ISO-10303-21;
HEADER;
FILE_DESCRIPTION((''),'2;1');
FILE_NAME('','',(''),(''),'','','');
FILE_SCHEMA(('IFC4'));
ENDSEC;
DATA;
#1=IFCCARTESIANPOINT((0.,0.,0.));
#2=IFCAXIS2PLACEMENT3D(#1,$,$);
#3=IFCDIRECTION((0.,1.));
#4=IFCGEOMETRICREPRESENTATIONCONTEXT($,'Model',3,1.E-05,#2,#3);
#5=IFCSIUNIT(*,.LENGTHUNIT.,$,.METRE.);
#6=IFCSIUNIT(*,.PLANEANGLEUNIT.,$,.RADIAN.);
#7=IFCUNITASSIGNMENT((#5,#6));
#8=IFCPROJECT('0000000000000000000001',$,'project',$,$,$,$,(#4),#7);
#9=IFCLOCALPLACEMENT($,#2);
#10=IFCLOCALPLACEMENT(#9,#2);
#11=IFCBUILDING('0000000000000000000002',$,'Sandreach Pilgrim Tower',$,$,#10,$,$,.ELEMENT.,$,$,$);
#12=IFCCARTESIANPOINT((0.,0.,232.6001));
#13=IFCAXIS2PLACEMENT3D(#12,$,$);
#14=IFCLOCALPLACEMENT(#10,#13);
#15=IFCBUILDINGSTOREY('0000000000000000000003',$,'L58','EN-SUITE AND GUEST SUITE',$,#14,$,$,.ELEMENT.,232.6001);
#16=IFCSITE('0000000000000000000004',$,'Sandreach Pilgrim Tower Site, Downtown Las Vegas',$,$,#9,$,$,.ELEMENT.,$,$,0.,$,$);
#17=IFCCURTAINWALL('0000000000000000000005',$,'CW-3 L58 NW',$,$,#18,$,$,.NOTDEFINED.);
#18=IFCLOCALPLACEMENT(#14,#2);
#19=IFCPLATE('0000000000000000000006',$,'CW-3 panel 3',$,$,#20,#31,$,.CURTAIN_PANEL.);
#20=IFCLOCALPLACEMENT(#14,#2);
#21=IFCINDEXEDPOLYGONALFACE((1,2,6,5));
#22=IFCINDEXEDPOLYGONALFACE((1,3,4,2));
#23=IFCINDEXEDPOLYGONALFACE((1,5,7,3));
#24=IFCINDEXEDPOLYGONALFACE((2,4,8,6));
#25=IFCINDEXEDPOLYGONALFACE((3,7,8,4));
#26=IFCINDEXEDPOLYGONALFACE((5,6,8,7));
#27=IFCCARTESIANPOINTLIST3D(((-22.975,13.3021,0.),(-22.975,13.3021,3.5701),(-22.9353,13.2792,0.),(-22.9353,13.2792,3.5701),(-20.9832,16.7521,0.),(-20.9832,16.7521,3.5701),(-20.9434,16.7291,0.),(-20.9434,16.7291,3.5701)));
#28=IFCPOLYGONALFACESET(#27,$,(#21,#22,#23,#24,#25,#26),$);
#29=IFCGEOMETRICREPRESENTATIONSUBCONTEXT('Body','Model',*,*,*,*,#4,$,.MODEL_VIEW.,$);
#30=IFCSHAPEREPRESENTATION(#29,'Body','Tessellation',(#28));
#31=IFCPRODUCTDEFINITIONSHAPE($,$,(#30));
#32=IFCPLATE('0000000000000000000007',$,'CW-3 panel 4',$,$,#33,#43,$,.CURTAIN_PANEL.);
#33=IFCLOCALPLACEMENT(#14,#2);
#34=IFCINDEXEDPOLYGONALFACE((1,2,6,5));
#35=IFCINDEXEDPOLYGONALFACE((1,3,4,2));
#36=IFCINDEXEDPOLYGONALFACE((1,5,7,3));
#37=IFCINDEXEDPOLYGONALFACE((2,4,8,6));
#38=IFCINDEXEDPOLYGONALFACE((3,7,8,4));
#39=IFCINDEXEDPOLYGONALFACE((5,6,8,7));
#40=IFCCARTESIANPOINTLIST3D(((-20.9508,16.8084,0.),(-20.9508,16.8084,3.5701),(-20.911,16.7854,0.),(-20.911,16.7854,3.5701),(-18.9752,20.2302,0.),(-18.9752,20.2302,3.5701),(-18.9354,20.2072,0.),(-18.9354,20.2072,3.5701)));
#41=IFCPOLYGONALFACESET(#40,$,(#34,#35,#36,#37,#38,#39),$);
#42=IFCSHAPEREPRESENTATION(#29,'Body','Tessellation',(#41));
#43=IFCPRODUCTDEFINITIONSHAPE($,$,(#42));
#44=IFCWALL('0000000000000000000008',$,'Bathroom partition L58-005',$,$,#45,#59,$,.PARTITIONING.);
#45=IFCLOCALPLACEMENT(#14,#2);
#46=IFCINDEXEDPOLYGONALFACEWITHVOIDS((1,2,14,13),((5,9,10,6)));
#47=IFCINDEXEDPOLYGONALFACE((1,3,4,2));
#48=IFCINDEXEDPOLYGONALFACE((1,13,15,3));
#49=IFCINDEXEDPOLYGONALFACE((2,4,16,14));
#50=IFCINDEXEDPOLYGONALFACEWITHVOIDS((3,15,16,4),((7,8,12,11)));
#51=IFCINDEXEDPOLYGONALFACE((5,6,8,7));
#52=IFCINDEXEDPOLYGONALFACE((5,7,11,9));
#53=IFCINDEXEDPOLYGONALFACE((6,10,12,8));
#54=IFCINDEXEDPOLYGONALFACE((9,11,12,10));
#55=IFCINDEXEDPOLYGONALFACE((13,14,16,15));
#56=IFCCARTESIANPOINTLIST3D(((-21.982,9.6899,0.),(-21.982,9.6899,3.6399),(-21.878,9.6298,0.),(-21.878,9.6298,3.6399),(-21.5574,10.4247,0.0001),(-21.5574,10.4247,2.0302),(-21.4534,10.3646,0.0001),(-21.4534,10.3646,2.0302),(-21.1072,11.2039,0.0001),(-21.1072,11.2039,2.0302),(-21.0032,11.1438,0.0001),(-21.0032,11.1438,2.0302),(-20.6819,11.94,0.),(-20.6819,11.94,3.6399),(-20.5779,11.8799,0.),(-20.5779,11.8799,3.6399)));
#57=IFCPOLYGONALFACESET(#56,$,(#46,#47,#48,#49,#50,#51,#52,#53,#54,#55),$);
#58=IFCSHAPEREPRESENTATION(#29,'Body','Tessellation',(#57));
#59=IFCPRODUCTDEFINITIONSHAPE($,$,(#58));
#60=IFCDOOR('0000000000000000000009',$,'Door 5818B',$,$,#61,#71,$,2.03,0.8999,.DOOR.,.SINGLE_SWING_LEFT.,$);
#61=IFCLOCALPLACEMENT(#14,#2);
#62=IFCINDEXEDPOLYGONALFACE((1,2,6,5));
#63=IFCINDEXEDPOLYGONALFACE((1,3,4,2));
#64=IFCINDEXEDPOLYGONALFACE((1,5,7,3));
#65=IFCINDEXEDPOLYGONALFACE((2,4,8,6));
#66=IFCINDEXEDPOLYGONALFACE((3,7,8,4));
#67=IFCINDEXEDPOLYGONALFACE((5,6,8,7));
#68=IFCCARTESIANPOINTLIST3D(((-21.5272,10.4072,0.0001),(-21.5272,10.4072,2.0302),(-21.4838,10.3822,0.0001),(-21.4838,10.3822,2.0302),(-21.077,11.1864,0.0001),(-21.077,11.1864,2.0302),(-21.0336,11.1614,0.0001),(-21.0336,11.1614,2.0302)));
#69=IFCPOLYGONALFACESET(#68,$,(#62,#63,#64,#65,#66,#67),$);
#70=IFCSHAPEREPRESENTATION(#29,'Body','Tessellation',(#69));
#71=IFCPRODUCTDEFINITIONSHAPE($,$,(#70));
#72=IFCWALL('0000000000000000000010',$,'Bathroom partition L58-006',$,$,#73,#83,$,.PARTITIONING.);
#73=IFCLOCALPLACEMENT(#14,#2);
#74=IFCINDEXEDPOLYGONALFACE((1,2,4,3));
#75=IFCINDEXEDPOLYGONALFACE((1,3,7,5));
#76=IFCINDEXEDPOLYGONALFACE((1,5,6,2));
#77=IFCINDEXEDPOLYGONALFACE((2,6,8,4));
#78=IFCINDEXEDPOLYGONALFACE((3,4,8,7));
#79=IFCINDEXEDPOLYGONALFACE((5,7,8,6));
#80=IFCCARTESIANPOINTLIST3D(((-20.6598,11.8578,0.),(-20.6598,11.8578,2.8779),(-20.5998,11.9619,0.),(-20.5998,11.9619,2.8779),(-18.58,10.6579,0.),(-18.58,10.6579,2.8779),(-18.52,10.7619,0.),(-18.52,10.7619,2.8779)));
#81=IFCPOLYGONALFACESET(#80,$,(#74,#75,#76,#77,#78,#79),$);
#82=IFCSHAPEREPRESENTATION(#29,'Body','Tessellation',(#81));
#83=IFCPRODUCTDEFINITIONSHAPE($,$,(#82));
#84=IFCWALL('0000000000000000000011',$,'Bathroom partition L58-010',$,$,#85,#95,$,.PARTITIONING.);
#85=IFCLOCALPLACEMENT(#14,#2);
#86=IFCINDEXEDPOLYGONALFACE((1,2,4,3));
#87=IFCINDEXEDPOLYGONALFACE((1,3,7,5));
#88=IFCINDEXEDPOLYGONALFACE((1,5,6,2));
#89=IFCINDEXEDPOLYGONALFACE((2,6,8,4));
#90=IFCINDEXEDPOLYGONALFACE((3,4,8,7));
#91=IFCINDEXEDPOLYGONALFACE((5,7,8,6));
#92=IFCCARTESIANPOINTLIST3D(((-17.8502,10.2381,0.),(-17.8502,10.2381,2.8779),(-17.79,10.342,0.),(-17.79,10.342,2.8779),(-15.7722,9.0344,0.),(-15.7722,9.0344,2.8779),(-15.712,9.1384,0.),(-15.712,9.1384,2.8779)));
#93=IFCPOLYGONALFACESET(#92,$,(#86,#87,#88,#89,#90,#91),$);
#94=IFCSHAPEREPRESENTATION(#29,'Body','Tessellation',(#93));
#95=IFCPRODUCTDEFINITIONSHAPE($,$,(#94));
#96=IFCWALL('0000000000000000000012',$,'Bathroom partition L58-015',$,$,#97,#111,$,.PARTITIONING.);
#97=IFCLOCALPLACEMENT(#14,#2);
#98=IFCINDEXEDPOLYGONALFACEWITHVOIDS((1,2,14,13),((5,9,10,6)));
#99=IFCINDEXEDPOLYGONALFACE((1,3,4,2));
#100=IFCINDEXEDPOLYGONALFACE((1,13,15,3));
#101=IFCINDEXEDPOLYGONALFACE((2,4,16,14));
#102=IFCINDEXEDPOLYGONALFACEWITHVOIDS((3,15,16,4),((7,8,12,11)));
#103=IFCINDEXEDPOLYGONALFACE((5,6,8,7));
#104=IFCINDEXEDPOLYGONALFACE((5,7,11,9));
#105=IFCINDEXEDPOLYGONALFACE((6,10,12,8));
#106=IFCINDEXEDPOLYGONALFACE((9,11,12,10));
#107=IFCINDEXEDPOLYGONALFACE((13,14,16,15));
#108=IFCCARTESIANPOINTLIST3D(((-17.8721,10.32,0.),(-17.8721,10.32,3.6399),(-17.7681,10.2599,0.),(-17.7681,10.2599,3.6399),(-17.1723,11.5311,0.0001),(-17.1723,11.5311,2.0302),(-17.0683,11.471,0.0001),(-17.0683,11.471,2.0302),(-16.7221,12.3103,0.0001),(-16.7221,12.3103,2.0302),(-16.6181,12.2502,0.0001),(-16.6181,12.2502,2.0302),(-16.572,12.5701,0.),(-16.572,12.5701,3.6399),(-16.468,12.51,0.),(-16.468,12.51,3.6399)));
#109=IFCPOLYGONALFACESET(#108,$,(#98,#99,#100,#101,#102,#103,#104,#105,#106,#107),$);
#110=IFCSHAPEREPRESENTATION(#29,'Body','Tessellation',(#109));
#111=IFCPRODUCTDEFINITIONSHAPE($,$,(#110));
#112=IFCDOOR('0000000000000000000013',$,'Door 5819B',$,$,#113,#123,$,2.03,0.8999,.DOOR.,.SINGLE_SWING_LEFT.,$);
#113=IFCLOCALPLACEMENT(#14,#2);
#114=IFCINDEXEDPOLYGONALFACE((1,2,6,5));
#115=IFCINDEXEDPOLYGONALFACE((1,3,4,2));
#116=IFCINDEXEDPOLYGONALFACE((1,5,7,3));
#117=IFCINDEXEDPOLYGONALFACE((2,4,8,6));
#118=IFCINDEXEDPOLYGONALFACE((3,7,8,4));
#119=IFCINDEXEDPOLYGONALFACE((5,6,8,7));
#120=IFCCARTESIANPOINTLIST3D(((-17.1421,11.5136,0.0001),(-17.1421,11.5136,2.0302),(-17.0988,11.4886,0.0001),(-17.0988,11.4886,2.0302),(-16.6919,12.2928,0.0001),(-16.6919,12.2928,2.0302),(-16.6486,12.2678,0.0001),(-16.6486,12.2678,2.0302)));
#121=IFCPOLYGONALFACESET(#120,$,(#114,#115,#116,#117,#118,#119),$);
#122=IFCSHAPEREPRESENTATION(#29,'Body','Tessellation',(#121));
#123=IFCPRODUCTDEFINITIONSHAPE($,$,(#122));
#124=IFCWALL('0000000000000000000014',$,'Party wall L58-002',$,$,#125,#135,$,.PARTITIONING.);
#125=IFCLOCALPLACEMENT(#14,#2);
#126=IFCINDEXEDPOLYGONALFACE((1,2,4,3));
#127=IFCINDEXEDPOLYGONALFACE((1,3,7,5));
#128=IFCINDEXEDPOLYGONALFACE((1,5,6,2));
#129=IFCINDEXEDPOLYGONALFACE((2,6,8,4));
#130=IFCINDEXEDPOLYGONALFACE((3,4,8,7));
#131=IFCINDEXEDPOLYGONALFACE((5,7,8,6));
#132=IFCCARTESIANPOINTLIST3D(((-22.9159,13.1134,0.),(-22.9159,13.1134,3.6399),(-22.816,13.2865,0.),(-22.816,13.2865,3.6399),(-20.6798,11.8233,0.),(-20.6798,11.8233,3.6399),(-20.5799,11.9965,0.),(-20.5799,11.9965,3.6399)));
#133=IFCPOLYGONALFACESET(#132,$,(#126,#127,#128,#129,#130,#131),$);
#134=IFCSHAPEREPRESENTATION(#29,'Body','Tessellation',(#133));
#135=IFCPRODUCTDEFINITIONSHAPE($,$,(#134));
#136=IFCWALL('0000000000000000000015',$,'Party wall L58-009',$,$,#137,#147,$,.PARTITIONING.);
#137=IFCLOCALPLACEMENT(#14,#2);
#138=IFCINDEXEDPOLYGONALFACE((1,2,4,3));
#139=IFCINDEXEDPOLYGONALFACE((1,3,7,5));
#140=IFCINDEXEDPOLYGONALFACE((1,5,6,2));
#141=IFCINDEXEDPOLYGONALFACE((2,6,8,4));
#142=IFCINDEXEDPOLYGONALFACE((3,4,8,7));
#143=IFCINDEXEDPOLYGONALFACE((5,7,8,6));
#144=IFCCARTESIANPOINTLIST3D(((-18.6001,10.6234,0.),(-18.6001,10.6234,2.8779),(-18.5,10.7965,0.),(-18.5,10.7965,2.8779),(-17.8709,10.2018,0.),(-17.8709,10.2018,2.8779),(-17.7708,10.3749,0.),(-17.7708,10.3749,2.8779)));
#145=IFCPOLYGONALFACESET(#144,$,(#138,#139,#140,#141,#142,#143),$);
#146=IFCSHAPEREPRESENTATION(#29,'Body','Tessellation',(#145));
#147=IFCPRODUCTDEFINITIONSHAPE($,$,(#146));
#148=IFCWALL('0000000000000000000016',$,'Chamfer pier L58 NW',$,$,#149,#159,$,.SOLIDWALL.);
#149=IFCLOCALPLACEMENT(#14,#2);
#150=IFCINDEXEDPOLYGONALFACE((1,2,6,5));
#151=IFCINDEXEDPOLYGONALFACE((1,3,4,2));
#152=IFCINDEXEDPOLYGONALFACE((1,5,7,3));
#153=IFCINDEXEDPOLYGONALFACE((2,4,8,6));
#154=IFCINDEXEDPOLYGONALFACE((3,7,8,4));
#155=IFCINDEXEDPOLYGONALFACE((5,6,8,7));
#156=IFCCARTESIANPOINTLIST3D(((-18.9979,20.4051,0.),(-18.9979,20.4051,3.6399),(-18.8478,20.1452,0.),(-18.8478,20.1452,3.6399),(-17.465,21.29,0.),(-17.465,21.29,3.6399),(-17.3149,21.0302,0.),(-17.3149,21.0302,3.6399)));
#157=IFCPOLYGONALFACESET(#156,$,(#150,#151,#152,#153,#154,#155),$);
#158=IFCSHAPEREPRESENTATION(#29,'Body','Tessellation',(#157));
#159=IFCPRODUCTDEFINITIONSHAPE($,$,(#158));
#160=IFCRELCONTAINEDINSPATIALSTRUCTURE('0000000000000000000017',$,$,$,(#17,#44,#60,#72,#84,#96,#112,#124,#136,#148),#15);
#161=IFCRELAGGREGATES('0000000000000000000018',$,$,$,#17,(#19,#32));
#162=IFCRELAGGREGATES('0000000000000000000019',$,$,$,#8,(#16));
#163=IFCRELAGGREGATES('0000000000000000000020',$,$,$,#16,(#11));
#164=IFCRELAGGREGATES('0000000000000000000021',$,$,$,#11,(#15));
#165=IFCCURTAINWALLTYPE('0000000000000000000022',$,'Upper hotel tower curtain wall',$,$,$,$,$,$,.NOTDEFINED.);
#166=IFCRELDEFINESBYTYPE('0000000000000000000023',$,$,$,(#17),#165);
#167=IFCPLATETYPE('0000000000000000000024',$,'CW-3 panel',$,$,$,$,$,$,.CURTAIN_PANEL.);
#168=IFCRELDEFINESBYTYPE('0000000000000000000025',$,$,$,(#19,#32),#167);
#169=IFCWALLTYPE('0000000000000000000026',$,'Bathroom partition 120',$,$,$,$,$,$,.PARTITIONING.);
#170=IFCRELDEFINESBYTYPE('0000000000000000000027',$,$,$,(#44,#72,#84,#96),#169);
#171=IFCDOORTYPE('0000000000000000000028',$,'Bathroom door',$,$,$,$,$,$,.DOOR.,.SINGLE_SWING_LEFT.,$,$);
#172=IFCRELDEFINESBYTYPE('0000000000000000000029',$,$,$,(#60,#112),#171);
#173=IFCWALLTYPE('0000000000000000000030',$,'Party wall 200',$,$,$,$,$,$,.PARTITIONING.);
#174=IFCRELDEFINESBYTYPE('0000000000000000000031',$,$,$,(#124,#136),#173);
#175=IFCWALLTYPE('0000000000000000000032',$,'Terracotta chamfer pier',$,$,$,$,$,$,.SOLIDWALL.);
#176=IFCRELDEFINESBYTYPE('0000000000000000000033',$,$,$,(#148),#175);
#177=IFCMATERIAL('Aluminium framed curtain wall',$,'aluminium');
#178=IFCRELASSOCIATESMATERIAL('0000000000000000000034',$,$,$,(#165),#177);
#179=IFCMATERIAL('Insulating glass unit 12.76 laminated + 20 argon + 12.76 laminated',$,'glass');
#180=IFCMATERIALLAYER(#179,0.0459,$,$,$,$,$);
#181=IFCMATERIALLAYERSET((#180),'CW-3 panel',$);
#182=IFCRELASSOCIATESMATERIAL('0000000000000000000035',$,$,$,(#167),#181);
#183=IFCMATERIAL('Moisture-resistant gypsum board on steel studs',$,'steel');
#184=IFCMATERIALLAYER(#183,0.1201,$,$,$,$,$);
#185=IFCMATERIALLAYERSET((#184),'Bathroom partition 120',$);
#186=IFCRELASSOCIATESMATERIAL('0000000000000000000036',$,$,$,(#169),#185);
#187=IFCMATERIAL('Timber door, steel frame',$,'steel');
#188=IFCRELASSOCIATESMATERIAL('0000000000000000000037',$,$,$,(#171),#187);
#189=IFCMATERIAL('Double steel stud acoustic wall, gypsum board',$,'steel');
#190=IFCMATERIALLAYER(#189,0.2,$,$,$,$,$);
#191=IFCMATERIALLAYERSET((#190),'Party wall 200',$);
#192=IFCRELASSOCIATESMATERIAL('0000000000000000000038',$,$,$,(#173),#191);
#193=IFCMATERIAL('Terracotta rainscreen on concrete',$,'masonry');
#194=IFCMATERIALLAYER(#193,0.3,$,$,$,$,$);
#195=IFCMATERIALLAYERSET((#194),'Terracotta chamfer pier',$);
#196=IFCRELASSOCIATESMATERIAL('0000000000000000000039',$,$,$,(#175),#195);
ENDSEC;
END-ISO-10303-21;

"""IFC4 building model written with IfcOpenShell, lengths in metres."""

from ifc_helpers import new_model, si_unit, direction, frame, frame_2d, origin, origin_2d, place, context, subcontext, project, spatial, rectangle, extrude, material, layer, layer_set, type_object, element, fill, aggregate, save


model = new_model("IFC4")

# Units and contexts
model_context = context("Model", 3, precision=1e-05, world=origin(), true_north=direction((0.0, 1.0)))
body_context = subcontext(model_context, "Body", "Model", "MODEL_VIEW")
ifc_project = project(units=[si_unit("LENGTHUNIT", "METRE"), si_unit("PLANEANGLEUNIT", "RADIAN")], contexts=[model_context])

# Site, building, storey
site_placement = place(None, origin())
site = spatial("IfcSite", under=ifc_project, at=site_placement, Name="Sandreach Pilgrim Tower Site, Downtown Las Vegas", CompositionType="ELEMENT", RefElevation=0.0)
building_placement = place(site_placement, origin())
building = spatial("IfcBuilding", under=site, at=building_placement, Name="Sandreach Pilgrim Tower", CompositionType="ELEMENT")
storey_placement = place(building_placement, frame((0.0, 0.0, 232.6001)))
storey = spatial("IfcBuildingStorey", under=building, at=storey_placement, Name="L58", Description="EN-SUITE AND GUEST SUITE", CompositionType="ELEMENT", Elevation=232.6001)

# Shared definitions
ifc_material_1 = material(Name="Aluminium framed curtain wall", Category="aluminium")
curtain_wall_type = type_object("IfcCurtainWallType", Name="Upper hotel tower curtain wall", PredefinedType="NOTDEFINED", material=ifc_material_1)

# Curtain wall
curtain_wall_1_placement = place(storey_placement, origin())
curtain_wall_1 = element("IfcCurtainWall", 1, at=curtain_wall_1_placement, inside=storey, type_object=curtain_wall_type, Name="CW-3 L58 NW", PredefinedType="NOTDEFINED")

# Plates
ifc_material_2 = material(Name="Insulating glass unit 12.76 laminated + 20 argon + 12.76 laminated", Category="glass")
ifc_layer_1 = layer(ifc_material_2, 0.0459)
ifc_layer_set_1 = layer_set([ifc_layer_1], Name="CW-3 panel")
plate_type = type_object("IfcPlateType", Name="CW-3 panel", PredefinedType="CURTAIN_PANEL", material=ifc_layer_set_1)
plate_1_placement = place(storey_placement, frame((-21.9592, 15.0156, 0.0), z_axis=(0.0, 0.0, 1.0), x_axis=(0.5, 0.866025, 0.0)))
plate_1 = element("IfcPlate", 2, at=plate_1_placement, type_object=plate_type, Name="CW-3 panel 3", PredefinedType="CURTAIN_PANEL", context=body_context, shape_type="SweptSolid", body=[
    extrude(rectangle(XDim=3.9836, YDim=0.0459, at=origin_2d()), origin(), (0.0, 0.0, 1.0), 3.5701),
])
plate_2_placement = place(storey_placement, frame((-19.9431, 18.5078, 0.0), z_axis=(0.0, 0.0, 1.0), x_axis=(0.5, 0.866025, 0.0)))
plate_2 = element("IfcPlate", 3, at=plate_2_placement, type_object=plate_type, Name="CW-3 panel 4", PredefinedType="CURTAIN_PANEL", context=body_context, shape_type="SweptSolid", body=[
    extrude(rectangle(XDim=3.9512, YDim=0.0459, at=origin_2d()), origin(), (0.0, 0.0, 1.0), 3.5701),
])
aggregate(curtain_wall_1, [plate_1, plate_2])

# Wall, opening, door
ifc_material_3 = material(Name="Moisture-resistant gypsum board on steel studs", Category="steel")
ifc_layer_2 = layer(ifc_material_3, 0.1201)
ifc_layer_set_2 = layer_set([ifc_layer_2], Name="Bathroom partition 120")
wall_type_1 = type_object("IfcWallType", Name="Bathroom partition 120", PredefinedType="PARTITIONING", material=ifc_layer_set_2)
wall_1_placement = place(storey_placement, frame((-20.6299, 11.9099, 0.0), z_axis=(0.0, 0.0, 1.0), x_axis=(-0.500292, -0.865857, 0.0)))
wall_1 = element("IfcWall", 4, at=wall_1_placement, inside=storey, type_object=wall_type_1, Name="Bathroom partition L58-005", PredefinedType="PARTITIONING", context=body_context, shape_type="SweptSolid", body=[
    extrude(rectangle(XDim=2.5986, YDim=0.1201, at=frame_2d((1.2993, 0.0))), origin(), (0.0, 0.0, 1.0), 3.6399),
])
opening_1_placement = place(wall_1_placement, frame((0.8501, 0.0, 0.0)))
opening_1 = element("IfcOpeningElement", 5, at=opening_1_placement, cuts=wall_1, PredefinedType="OPENING", context=body_context, shape_type="SweptSolid", body=[
    extrude(rectangle(XDim=0.8999, YDim=2.03, at=frame_2d((0.45, 1.0151))), frame((0.0, 0.0601, 0.0), z_axis=(0.0, -1.0, 0.0), x_axis=(1.0, 0.0, 0.0)), (0.0, 0.0, 1.0), 0.1201),
])
ifc_material_4 = material(Name="Timber door, steel frame", Category="steel")
door_type = type_object("IfcDoorType", Name="Bathroom door", OperationType="SINGLE_SWING_LEFT", PredefinedType="DOOR", material=ifc_material_4)
door_1_placement = place(opening_1_placement, origin())
door_1 = element("IfcDoor", 6, at=door_1_placement, inside=storey, type_object=door_type, Name="Door 5818B", OperationType="SINGLE_SWING_LEFT", OverallHeight=2.03, OverallWidth=0.8999, PredefinedType="DOOR", context=body_context, shape_type="SweptSolid", body=[
    extrude(rectangle(XDim=0.8999, YDim=2.03, at=frame_2d((0.45, 1.0151))), frame((0.0, 0.0249, 0.0), z_axis=(0.0, -1.0, 0.0), x_axis=(1.0, 0.0, 0.0)), (0.0, 0.0, 1.0), 0.05),
])
fill(opening_1, door_1)

# Walls
wall_2_placement = place(storey_placement, frame((-20.6299, 11.9099, 0.0), z_axis=(0.0, 0.0, 1.0), x_axis=(0.866177, -0.499737, 0.0)))
element("IfcWall", 7, at=wall_2_placement, inside=storey, type_object=wall_type_1, Name="Bathroom partition L58-006", PredefinedType="PARTITIONING", context=body_context, shape_type="SweptSolid", body=[
    extrude(rectangle(XDim=2.4011, YDim=0.1201, at=frame_2d((1.2007, 0.0))), origin(), (0.0, 0.0, 1.0), 2.8779),
])
wall_3_placement = place(storey_placement, frame((-17.8201, 10.29, 0.0), z_axis=(0.0, 0.0, 1.0), x_axis=(0.865313, -0.501233, 0.0)))
element("IfcWall", 8, at=wall_3_placement, inside=storey, type_object=wall_type_1, Name="Bathroom partition L58-010", PredefinedType="PARTITIONING", context=body_context, shape_type="SweptSolid", body=[
    extrude(rectangle(XDim=2.4014, YDim=0.1201, at=frame_2d((1.2007, 0.0))), origin(), (0.0, 0.0, 1.0), 2.8779),
])

# Wall, opening, door
wall_4_placement = place(storey_placement, frame((-16.52, 12.54, 0.0), z_axis=(0.0, 0.0, 1.0), x_axis=(-0.500292, -0.865857, 0.0)))
wall_4 = element("IfcWall", 9, at=wall_4_placement, inside=storey, type_object=wall_type_1, Name="Bathroom partition L58-015", PredefinedType="PARTITIONING", context=body_context, shape_type="SweptSolid", body=[
    extrude(rectangle(XDim=2.5986, YDim=0.1201, at=frame_2d((1.2993, 0.0))), origin(), (0.0, 0.0, 1.0), 3.6399),
])
opening_2_placement = place(wall_4_placement, frame((0.3, 0.0, 0.0)))
opening_2 = element("IfcOpeningElement", 10, at=opening_2_placement, cuts=wall_4, PredefinedType="OPENING", context=body_context, shape_type="SweptSolid", body=[
    extrude(rectangle(XDim=0.8999, YDim=2.03, at=frame_2d((0.45, 1.0151))), frame((0.0, 0.0601, 0.0), z_axis=(0.0, -1.0, 0.0), x_axis=(1.0, 0.0, 0.0)), (0.0, 0.0, 1.0), 0.1201),
])
door_2_placement = place(opening_2_placement, origin())
door_2 = element("IfcDoor", 11, at=door_2_placement, inside=storey, type_object=door_type, Name="Door 5819B", OperationType="SINGLE_SWING_LEFT", OverallHeight=2.03, OverallWidth=0.8999, PredefinedType="DOOR", context=body_context, shape_type="SweptSolid", body=[
    extrude(rectangle(XDim=0.8999, YDim=2.03, at=frame_2d((0.45, 1.0151))), frame((0.0, 0.0249, 0.0), z_axis=(0.0, -1.0, 0.0), x_axis=(1.0, 0.0, 0.0)), (0.0, 0.0, 1.0), 0.05),
])
fill(opening_2, door_2)

# Walls
ifc_material_5 = material(Name="Double steel stud acoustic wall, gypsum board", Category="steel")
ifc_layer_3 = layer(ifc_material_5, 0.2)
ifc_layer_set_3 = layer_set([ifc_layer_3], Name="Party wall 200")
wall_type_2 = type_object("IfcWallType", Name="Party wall 200", PredefinedType="PARTITIONING", material=ifc_layer_set_3)
wall_5_placement = place(storey_placement, frame((-22.866, 13.2, 0.0), z_axis=(0.0, 0.0, 1.0), x_axis=(0.866187, -0.49972, 0.0)))
element("IfcWall", 12, at=wall_5_placement, inside=storey, type_object=wall_type_2, Name="Party wall L58-002", PredefinedType="PARTITIONING", context=body_context, shape_type="SweptSolid", body=[
    extrude(rectangle(XDim=2.5815, YDim=0.2, at=frame_2d((1.2908, 0.0))), origin(), (0.0, 0.0, 1.0), 3.6399),
])
wall_6_placement = place(storey_placement, frame((-18.55, 10.71, 0.0), z_axis=(0.0, 0.0, 1.0), x_axis=(0.865717, -0.500533, 0.0)))
element("IfcWall", 13, at=wall_6_placement, inside=storey, type_object=wall_type_2, Name="Party wall L58-009", PredefinedType="PARTITIONING", context=body_context, shape_type="SweptSolid", body=[
    extrude(rectangle(XDim=0.8423, YDim=0.2, at=frame_2d((0.4211, 0.0))), origin(), (0.0, 0.0, 1.0), 2.8779),
])
ifc_material_6 = material(Name="Terracotta rainscreen on concrete", Category="masonry")
ifc_layer_4 = layer(ifc_material_6, 0.3)
ifc_layer_set_4 = layer_set([ifc_layer_4], Name="Terracotta chamfer pier")
wall_type_3 = type_object("IfcWallType", Name="Terracotta chamfer pier", PredefinedType="SOLIDWALL", material=ifc_layer_set_4)
wall_7_placement = place(storey_placement, frame((-18.9229, 20.2751, 0.0), z_axis=(0.0, 0.0, 1.0), x_axis=(0.866036, 0.499981, 0.0)))
element("IfcWall", 14, at=wall_7_placement, inside=storey, type_object=wall_type_3, Name="Chamfer pier L58 NW", PredefinedType="SOLIDWALL", context=body_context, shape_type="SweptSolid", body=[
    extrude(rectangle(XDim=1.77, YDim=0.3, at=frame_2d((0.885, 0.0))), origin(), (0.0, 0.0, 1.0), 3.6399),
])

save(model, "model.ifc")
